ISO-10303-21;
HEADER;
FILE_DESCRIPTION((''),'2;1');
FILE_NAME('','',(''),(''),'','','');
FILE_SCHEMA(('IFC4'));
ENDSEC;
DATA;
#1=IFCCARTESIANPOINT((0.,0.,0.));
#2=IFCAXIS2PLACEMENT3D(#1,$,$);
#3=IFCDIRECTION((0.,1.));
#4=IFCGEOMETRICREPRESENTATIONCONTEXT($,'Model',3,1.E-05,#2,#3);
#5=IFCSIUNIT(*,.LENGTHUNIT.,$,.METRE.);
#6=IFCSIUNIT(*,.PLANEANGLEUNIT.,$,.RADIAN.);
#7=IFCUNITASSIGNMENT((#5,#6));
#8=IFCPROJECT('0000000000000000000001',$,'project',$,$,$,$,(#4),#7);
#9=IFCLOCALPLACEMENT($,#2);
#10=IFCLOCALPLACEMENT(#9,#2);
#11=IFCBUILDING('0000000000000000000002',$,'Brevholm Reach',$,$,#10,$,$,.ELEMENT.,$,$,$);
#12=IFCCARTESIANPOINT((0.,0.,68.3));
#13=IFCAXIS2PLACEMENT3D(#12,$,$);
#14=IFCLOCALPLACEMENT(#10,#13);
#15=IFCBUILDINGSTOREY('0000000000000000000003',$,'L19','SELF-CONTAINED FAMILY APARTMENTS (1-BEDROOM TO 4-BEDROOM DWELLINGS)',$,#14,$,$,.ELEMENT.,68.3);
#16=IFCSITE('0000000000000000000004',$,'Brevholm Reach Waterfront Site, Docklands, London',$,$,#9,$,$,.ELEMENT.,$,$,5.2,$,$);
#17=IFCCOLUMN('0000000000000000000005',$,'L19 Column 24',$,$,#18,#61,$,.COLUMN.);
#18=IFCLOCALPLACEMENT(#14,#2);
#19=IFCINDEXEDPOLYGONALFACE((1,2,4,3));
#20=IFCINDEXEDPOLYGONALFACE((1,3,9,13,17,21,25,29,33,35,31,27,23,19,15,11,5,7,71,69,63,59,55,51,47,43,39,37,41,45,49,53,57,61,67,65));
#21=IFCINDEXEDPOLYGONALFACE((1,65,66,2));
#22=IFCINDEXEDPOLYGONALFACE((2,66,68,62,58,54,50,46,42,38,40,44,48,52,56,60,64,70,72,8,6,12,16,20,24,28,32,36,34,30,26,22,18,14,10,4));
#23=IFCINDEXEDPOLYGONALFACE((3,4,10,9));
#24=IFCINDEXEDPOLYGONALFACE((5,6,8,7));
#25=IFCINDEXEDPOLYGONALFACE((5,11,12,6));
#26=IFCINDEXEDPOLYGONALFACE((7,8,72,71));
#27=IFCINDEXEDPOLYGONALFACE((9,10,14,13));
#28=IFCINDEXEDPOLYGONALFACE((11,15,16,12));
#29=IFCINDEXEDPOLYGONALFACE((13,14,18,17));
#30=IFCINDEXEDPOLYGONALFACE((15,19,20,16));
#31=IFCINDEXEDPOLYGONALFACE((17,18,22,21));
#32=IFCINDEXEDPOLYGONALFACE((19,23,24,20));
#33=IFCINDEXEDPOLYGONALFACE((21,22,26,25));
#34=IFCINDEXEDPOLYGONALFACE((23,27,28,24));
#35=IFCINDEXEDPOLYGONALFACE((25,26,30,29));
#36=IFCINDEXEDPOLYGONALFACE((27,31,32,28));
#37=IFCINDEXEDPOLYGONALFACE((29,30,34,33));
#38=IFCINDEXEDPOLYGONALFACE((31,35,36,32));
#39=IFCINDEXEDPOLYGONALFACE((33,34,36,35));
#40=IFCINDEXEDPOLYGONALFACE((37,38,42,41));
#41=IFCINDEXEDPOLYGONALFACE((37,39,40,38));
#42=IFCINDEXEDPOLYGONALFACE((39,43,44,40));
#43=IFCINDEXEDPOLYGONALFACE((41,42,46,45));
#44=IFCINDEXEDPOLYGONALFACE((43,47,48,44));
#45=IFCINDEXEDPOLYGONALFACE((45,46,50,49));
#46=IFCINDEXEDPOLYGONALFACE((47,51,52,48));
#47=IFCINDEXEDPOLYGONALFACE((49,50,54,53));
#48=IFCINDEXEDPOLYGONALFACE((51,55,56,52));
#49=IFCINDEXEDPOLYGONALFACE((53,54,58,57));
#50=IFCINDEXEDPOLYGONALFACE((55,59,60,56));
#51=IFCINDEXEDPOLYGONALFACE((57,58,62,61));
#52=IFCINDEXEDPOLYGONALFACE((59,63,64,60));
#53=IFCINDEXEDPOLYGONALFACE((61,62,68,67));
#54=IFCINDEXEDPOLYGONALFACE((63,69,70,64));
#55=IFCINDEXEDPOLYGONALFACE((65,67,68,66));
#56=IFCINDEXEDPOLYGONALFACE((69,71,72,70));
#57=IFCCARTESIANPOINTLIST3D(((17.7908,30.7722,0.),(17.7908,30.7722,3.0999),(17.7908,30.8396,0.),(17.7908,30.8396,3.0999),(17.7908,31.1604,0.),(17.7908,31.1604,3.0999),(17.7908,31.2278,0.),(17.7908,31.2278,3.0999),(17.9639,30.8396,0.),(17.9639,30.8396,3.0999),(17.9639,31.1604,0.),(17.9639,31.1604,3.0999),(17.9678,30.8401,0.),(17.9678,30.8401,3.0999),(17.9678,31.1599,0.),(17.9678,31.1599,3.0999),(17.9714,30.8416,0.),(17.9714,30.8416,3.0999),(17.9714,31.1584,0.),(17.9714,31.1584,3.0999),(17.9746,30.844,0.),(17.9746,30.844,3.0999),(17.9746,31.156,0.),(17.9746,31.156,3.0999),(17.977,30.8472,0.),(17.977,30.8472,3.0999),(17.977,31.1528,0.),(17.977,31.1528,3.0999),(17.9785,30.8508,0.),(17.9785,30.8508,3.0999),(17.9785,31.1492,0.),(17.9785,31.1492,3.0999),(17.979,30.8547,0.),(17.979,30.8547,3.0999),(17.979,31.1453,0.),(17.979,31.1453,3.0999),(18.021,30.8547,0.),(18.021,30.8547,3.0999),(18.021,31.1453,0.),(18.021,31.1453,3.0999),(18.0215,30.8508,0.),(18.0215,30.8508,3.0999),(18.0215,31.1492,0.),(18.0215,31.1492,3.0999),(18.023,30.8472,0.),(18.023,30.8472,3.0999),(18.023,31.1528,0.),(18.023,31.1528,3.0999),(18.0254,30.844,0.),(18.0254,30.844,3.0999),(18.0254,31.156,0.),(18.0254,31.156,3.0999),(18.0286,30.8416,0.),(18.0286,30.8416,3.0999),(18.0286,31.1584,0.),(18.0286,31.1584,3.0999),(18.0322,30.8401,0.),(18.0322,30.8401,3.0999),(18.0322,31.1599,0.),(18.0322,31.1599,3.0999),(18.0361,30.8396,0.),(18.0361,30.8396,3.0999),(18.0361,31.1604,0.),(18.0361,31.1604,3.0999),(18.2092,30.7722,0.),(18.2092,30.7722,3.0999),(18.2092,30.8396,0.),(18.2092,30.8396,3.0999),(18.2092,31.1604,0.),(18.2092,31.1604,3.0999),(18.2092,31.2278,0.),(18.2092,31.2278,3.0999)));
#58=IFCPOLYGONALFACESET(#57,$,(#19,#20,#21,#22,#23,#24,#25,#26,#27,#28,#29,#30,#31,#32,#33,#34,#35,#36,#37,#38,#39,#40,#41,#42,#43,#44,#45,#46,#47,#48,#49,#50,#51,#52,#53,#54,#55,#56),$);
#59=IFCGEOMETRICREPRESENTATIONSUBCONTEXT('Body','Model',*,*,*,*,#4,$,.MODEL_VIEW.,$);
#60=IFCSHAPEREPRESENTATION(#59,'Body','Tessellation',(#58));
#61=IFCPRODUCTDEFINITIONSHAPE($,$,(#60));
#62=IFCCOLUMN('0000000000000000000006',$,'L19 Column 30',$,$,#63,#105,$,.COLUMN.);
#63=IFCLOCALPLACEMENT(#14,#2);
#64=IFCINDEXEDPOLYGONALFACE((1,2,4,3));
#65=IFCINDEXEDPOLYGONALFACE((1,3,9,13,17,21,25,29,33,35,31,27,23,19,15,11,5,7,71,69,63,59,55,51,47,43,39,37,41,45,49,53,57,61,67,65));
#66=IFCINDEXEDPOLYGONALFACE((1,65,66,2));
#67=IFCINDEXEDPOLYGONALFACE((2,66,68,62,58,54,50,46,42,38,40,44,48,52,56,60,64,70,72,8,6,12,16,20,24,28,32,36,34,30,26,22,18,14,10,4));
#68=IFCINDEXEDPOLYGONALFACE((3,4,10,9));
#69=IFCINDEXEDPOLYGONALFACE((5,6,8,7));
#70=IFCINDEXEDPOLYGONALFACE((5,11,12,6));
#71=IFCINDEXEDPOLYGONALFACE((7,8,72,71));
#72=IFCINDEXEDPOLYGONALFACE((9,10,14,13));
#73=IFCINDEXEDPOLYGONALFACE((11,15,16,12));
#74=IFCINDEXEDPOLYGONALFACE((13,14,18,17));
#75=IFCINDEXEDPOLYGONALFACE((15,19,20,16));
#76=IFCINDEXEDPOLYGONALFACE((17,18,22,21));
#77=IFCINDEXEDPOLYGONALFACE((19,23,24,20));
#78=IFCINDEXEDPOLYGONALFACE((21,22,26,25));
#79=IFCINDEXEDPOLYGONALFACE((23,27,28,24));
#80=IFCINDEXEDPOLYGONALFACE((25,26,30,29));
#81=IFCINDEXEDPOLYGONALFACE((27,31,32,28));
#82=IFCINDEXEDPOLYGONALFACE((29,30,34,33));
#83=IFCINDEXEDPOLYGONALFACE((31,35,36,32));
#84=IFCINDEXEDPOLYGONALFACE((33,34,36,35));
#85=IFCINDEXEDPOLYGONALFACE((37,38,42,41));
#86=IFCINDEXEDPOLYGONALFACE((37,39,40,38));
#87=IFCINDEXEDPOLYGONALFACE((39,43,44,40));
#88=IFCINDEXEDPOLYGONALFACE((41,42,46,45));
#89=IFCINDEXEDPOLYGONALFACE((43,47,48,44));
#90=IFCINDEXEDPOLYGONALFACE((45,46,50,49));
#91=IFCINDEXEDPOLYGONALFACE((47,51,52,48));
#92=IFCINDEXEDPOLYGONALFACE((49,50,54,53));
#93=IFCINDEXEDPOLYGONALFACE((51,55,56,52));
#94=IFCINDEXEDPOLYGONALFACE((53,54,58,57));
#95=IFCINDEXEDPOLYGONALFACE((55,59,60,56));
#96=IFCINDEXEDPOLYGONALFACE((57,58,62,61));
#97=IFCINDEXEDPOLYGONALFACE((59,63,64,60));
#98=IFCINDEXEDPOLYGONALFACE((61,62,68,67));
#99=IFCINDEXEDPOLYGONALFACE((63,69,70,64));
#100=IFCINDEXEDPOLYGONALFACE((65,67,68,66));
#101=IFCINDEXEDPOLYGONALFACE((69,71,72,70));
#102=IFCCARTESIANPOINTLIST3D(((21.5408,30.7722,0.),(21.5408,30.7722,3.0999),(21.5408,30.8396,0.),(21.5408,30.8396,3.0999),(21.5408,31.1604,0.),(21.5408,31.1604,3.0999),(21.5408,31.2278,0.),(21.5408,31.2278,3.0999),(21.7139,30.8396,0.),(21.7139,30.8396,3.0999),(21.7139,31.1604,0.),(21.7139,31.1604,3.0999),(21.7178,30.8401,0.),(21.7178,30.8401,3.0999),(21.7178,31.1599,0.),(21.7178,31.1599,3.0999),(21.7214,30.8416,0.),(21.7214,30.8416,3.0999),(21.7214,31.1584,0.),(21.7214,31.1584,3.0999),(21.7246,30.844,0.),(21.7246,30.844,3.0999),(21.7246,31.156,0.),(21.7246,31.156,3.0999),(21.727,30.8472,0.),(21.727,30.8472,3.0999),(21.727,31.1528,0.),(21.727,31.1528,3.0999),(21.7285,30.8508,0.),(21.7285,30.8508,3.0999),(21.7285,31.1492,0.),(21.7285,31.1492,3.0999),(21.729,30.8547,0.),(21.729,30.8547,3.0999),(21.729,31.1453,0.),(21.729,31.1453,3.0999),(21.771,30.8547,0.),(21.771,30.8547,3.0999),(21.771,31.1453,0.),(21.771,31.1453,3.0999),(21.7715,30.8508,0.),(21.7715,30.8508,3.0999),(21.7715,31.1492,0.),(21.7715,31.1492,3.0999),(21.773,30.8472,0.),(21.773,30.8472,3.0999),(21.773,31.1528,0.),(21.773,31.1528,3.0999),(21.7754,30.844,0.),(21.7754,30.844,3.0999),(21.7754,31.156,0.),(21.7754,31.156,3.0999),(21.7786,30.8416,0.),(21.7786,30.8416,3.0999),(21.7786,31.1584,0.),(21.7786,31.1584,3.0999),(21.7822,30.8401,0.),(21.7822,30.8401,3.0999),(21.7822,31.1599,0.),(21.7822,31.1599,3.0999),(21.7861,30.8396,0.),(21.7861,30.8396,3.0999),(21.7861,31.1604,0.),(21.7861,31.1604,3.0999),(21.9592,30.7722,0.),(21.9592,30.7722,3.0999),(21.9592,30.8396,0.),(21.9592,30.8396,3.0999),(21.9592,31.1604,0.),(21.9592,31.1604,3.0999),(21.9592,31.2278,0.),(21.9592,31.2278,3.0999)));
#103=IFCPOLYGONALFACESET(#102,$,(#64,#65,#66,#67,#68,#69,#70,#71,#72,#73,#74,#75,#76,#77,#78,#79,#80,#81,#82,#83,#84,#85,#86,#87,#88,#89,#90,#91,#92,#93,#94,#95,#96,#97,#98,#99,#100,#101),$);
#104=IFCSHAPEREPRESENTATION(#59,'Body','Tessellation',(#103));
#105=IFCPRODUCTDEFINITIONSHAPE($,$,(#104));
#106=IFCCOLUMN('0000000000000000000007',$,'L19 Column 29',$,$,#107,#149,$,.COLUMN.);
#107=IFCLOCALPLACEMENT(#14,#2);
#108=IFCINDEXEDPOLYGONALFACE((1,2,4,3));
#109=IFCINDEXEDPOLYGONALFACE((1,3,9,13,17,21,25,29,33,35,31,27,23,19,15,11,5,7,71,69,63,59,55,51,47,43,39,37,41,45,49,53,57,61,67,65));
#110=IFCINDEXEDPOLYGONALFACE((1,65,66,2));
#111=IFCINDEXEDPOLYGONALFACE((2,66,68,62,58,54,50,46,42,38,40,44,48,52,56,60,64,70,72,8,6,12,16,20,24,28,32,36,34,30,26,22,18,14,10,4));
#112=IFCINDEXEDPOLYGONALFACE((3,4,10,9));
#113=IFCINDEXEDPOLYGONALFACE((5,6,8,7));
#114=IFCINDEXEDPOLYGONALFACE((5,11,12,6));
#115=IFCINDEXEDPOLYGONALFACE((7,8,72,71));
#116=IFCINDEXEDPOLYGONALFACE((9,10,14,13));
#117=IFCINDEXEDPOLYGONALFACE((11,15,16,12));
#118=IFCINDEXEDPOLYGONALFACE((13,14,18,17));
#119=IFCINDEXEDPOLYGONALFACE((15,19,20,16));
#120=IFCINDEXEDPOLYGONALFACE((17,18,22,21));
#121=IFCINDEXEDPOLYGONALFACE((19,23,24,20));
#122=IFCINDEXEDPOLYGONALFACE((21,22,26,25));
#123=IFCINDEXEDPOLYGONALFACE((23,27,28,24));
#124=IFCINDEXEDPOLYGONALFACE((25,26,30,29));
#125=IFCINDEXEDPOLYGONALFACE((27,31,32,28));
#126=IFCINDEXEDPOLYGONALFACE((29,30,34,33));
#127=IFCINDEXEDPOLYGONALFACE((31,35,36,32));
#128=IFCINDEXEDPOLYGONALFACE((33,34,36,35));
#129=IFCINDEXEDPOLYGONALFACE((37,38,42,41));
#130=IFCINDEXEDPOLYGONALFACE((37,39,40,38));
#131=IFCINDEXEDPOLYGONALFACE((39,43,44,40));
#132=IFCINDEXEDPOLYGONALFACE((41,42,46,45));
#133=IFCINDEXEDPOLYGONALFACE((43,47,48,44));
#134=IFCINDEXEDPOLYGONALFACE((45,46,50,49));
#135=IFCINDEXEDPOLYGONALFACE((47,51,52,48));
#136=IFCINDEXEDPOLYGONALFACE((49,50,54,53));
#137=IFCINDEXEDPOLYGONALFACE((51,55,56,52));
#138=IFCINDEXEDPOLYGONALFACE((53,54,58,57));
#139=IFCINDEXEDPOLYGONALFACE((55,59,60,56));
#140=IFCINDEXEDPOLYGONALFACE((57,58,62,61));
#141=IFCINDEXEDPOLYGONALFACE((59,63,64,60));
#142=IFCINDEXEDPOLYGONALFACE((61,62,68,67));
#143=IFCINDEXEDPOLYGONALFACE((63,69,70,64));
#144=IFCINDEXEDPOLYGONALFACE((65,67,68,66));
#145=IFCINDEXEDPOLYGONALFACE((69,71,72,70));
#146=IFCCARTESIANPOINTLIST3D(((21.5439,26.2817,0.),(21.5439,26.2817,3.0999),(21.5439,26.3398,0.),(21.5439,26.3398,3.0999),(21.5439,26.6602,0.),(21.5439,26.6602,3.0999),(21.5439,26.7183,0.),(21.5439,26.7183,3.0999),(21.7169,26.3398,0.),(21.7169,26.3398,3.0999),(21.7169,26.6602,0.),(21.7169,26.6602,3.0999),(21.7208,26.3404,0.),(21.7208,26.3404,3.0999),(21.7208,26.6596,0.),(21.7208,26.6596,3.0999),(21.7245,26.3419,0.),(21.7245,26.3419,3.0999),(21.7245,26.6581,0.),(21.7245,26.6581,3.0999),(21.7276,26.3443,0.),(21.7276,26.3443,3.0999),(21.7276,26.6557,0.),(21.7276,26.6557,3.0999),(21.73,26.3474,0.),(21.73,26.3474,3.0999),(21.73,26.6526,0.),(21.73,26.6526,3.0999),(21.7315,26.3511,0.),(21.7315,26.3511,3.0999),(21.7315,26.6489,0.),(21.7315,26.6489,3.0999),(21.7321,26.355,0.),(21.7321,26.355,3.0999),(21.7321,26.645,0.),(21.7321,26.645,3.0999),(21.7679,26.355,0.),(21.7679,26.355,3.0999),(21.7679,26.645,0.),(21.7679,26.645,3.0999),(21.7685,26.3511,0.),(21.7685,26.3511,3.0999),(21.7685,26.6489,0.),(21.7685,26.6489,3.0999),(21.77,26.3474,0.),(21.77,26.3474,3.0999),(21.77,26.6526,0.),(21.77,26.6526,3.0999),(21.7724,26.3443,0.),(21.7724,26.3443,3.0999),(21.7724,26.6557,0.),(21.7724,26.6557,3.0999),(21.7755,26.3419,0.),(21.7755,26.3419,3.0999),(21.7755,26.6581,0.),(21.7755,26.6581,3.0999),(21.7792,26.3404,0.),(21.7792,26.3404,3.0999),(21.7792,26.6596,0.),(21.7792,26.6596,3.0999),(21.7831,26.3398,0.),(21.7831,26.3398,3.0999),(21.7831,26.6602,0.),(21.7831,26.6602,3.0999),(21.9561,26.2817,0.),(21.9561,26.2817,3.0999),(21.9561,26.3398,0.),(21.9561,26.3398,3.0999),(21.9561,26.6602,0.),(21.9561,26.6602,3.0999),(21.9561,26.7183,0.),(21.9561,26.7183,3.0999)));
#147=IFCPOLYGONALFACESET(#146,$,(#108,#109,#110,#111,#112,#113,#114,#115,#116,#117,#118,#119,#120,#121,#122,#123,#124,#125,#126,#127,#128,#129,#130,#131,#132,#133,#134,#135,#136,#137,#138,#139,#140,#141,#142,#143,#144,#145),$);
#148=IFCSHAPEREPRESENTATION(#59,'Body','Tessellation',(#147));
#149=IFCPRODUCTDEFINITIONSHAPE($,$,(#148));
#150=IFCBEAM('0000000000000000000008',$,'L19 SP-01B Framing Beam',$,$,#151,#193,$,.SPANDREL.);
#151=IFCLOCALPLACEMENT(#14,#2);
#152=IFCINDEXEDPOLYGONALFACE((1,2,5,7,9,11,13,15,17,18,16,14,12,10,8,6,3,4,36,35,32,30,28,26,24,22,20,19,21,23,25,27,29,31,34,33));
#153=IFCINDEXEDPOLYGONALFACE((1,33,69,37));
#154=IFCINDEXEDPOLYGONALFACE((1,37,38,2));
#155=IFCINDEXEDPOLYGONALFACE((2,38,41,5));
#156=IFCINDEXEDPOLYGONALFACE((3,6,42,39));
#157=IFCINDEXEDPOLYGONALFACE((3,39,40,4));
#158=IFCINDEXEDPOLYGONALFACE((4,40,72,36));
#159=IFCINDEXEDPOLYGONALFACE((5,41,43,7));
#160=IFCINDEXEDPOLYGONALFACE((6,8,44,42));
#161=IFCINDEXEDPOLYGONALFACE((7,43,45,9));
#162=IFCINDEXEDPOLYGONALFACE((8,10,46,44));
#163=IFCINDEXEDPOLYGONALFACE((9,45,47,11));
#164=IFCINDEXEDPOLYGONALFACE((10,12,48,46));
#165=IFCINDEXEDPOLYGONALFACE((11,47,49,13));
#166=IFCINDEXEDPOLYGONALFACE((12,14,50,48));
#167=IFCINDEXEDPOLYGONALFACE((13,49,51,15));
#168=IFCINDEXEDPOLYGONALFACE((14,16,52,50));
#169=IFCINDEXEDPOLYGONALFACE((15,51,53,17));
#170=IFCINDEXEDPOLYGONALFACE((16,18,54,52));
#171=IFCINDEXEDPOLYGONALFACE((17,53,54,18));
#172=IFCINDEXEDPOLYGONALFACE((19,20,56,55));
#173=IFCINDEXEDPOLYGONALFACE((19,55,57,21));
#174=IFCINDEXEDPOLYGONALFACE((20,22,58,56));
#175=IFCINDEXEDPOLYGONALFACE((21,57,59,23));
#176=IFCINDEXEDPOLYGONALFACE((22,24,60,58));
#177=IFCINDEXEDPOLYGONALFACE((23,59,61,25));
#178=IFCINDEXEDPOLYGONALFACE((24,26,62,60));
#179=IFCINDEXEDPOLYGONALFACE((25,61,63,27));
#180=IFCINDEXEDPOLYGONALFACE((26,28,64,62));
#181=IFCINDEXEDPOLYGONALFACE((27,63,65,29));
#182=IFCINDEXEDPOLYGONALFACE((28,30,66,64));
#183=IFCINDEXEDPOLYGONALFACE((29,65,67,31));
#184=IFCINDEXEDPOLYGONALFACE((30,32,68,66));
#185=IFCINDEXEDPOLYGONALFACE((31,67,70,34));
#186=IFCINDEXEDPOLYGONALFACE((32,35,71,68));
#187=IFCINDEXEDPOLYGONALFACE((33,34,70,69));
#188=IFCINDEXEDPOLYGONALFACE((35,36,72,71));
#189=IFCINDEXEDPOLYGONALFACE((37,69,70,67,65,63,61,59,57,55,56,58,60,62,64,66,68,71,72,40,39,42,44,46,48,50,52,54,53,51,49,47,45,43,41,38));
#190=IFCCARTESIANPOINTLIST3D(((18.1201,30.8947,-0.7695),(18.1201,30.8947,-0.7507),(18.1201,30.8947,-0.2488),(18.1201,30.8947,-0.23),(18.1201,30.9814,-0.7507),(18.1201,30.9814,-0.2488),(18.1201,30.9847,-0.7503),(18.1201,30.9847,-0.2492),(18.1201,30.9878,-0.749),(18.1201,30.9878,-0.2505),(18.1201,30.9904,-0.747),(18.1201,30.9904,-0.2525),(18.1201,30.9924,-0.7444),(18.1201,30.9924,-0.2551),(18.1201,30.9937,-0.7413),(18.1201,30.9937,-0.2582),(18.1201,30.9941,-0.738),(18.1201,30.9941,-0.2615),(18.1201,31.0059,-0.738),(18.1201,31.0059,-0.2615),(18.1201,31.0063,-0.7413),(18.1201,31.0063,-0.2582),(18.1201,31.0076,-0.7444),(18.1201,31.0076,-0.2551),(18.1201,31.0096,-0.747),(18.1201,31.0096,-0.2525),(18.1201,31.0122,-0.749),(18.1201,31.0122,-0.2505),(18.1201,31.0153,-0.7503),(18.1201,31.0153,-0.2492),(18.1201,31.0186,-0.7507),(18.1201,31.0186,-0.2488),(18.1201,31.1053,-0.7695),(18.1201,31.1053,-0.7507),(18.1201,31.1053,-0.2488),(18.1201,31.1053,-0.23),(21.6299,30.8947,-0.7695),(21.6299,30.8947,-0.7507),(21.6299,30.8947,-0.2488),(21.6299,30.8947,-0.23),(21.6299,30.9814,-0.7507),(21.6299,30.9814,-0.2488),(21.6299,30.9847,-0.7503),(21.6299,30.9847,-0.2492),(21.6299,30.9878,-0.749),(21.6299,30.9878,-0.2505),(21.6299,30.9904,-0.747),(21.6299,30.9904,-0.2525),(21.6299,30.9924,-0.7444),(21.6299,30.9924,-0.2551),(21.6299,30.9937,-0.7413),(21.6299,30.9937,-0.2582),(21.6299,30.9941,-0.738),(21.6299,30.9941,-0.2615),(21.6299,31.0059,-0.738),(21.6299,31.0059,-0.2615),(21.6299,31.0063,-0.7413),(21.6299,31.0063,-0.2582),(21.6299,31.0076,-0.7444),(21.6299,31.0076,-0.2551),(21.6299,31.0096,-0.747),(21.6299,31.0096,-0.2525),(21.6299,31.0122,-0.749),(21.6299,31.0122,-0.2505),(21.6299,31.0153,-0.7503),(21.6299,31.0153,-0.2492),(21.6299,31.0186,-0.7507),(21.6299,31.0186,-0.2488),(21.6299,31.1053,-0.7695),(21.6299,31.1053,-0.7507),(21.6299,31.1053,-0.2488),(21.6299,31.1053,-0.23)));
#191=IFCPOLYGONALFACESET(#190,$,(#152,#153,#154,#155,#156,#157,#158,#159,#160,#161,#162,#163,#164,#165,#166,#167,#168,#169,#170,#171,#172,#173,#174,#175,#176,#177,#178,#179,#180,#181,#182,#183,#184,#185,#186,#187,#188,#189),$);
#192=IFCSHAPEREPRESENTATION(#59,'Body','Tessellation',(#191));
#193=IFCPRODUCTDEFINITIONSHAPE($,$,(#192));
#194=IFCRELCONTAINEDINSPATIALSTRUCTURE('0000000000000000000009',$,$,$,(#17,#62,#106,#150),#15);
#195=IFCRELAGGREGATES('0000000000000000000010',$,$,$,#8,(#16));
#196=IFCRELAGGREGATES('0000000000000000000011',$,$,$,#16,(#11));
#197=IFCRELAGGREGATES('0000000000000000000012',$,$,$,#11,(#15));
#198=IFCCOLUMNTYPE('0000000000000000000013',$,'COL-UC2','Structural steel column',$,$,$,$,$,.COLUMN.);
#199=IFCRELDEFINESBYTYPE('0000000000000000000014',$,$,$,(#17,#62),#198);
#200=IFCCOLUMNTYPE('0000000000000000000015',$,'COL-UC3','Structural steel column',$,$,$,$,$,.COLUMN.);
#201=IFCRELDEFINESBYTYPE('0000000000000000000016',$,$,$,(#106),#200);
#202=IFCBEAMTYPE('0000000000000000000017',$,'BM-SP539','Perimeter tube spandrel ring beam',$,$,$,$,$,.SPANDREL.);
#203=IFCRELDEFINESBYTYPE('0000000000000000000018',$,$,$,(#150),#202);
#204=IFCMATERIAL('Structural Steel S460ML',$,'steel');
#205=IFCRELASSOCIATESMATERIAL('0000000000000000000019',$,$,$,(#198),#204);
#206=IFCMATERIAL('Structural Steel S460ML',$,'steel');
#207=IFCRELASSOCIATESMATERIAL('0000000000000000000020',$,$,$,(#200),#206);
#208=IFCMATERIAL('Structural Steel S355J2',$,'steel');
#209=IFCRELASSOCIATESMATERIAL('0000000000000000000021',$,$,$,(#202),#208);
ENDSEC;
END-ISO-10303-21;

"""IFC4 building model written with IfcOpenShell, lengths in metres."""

from ifc_helpers import new_model, si_unit, direction, frame, origin, origin_2d, place, context, subcontext, project, spatial, i_section, extrude, material, material_profile, profile_set, type_object, element, save


model = new_model("IFC4")

# Units and contexts
model_context = context("Model", 3, precision=1e-05, world=origin(), true_north=direction((0.0, 1.0)))
body_context = subcontext(model_context, "Body", "Model", "MODEL_VIEW")
ifc_project = project(units=[si_unit("LENGTHUNIT", "METRE"), si_unit("PLANEANGLEUNIT", "RADIAN")], contexts=[model_context])

# Site, building, storey
site_placement = place(None, origin())
site = spatial("IfcSite", under=ifc_project, at=site_placement, Name="Brevholm Reach Waterfront Site, Docklands, London", CompositionType="ELEMENT", RefElevation=5.2)
building_placement = place(site_placement, origin())
building = spatial("IfcBuilding", under=site, at=building_placement, Name="Brevholm Reach", CompositionType="ELEMENT")
storey_placement = place(building_placement, frame((0.0, 0.0, 68.3)))
storey = spatial("IfcBuildingStorey", under=building, at=storey_placement, Name="L19", Description="SELF-CONTAINED FAMILY APARTMENTS (1-BEDROOM TO 4-BEDROOM DWELLINGS)", CompositionType="ELEMENT", Elevation=68.3)

# Columns
ifc_material_1 = material(Name="Structural Steel S460ML", Category="steel")
ifc_material_profile_1 = material_profile(ifc_material_1, i_section(OverallWidth=0.4185, OverallDepth=0.4556, WebThickness=0.042, FlangeThickness=0.0674, FilletRadius=0.0151, at=origin_2d()), Name="UKC 356x406x551")
ifc_profile_set_1 = profile_set([ifc_material_profile_1], Name="Structural Steel S460ML")
column_type_1 = type_object("IfcColumnType", Name="COL-UC2", Description="Structural steel column", PredefinedType="COLUMN", material=ifc_profile_set_1)
for number, where, z_axis, x_axis, name in (
    (1, (18.0, 31.0, 0.0), (0.0, 0.0, 1.0), (1.0, 0.0, 0.0), "L19 Column 24"),
    (2, (21.75, 31.0, 0.0), (0.0, 0.0, 1.0), (1.0, 0.0, 0.0), "L19 Column 30"),
):
    element("IfcColumn", number, at=place(storey_placement, frame(where, z_axis=z_axis, x_axis=x_axis)), inside=storey, type_object=column_type_1, Name=name, PredefinedType="COLUMN", context=body_context, shape_type="SweptSolid", body=[
        extrude(i_section(OverallWidth=0.4185, OverallDepth=0.4556, WebThickness=0.042, FlangeThickness=0.0674, FilletRadius=0.0151, at=origin_2d()), origin(), (0.0, 0.0, 1.0), 3.0999),
    ])
ifc_material_2 = material(Name="Structural Steel S460ML", Category="steel")
ifc_material_profile_2 = material_profile(ifc_material_2, i_section(OverallWidth=0.4121, OverallDepth=0.4365, WebThickness=0.0359, FlangeThickness=0.0581, FilletRadius=0.0151, at=origin_2d()), Name="UKC 356x406x467")
ifc_profile_set_2 = profile_set([ifc_material_profile_2], Name="Structural Steel S460ML")
column_type_2 = type_object("IfcColumnType", Name="COL-UC3", Description="Structural steel column", PredefinedType="COLUMN", material=ifc_profile_set_2)
column_placement = place(storey_placement, frame((21.75, 26.5, 0.0), z_axis=(0.0, 0.0, 1.0), x_axis=(1.0, 0.0, 0.0)))
element("IfcColumn", 3, at=column_placement, inside=storey, type_object=column_type_2, Name="L19 Column 29", PredefinedType="COLUMN", context=body_context, shape_type="SweptSolid", body=[
    extrude(i_section(OverallWidth=0.4121, OverallDepth=0.4365, WebThickness=0.0359, FlangeThickness=0.0581, FilletRadius=0.0151, at=origin_2d()), origin(), (0.0, 0.0, 1.0), 3.0999),
])

# Beam
ifc_material_3 = material(Name="Structural Steel S355J2", Category="steel")
ifc_material_profile_3 = material_profile(ifc_material_3, i_section(OverallWidth=0.2107, OverallDepth=0.5396, WebThickness=0.0117, FlangeThickness=0.0188, FilletRadius=0.0127, at=origin_2d()), Name="UKB 533x210x109")
ifc_profile_set_3 = profile_set([ifc_material_profile_3], Name="Structural Steel S355J2")
beam_type_1 = type_object("IfcBeamType", Name="BM-SP539", Description="Perimeter tube spandrel ring beam", PredefinedType="SPANDREL", material=ifc_profile_set_3)
beam_1_placement = place(storey_placement, frame((18.1201, 31.0, -0.4998), z_axis=(1.0, 0.0, 0.0), x_axis=(0.0, 1.0, 0.0)))
element("IfcBeam", 4, at=beam_1_placement, inside=storey, type_object=beam_type_1, Name="L19 SP-01B Framing Beam", PredefinedType="SPANDREL", context=body_context, shape_type="SweptSolid", body=[
    extrude(i_section(OverallWidth=0.2107, OverallDepth=0.5396, WebThickness=0.0117, FlangeThickness=0.0188, FilletRadius=0.0127, at=origin_2d()), origin(), (0.0, 0.0, 1.0), 3.5098),
])

save(model, "model.ifc")
